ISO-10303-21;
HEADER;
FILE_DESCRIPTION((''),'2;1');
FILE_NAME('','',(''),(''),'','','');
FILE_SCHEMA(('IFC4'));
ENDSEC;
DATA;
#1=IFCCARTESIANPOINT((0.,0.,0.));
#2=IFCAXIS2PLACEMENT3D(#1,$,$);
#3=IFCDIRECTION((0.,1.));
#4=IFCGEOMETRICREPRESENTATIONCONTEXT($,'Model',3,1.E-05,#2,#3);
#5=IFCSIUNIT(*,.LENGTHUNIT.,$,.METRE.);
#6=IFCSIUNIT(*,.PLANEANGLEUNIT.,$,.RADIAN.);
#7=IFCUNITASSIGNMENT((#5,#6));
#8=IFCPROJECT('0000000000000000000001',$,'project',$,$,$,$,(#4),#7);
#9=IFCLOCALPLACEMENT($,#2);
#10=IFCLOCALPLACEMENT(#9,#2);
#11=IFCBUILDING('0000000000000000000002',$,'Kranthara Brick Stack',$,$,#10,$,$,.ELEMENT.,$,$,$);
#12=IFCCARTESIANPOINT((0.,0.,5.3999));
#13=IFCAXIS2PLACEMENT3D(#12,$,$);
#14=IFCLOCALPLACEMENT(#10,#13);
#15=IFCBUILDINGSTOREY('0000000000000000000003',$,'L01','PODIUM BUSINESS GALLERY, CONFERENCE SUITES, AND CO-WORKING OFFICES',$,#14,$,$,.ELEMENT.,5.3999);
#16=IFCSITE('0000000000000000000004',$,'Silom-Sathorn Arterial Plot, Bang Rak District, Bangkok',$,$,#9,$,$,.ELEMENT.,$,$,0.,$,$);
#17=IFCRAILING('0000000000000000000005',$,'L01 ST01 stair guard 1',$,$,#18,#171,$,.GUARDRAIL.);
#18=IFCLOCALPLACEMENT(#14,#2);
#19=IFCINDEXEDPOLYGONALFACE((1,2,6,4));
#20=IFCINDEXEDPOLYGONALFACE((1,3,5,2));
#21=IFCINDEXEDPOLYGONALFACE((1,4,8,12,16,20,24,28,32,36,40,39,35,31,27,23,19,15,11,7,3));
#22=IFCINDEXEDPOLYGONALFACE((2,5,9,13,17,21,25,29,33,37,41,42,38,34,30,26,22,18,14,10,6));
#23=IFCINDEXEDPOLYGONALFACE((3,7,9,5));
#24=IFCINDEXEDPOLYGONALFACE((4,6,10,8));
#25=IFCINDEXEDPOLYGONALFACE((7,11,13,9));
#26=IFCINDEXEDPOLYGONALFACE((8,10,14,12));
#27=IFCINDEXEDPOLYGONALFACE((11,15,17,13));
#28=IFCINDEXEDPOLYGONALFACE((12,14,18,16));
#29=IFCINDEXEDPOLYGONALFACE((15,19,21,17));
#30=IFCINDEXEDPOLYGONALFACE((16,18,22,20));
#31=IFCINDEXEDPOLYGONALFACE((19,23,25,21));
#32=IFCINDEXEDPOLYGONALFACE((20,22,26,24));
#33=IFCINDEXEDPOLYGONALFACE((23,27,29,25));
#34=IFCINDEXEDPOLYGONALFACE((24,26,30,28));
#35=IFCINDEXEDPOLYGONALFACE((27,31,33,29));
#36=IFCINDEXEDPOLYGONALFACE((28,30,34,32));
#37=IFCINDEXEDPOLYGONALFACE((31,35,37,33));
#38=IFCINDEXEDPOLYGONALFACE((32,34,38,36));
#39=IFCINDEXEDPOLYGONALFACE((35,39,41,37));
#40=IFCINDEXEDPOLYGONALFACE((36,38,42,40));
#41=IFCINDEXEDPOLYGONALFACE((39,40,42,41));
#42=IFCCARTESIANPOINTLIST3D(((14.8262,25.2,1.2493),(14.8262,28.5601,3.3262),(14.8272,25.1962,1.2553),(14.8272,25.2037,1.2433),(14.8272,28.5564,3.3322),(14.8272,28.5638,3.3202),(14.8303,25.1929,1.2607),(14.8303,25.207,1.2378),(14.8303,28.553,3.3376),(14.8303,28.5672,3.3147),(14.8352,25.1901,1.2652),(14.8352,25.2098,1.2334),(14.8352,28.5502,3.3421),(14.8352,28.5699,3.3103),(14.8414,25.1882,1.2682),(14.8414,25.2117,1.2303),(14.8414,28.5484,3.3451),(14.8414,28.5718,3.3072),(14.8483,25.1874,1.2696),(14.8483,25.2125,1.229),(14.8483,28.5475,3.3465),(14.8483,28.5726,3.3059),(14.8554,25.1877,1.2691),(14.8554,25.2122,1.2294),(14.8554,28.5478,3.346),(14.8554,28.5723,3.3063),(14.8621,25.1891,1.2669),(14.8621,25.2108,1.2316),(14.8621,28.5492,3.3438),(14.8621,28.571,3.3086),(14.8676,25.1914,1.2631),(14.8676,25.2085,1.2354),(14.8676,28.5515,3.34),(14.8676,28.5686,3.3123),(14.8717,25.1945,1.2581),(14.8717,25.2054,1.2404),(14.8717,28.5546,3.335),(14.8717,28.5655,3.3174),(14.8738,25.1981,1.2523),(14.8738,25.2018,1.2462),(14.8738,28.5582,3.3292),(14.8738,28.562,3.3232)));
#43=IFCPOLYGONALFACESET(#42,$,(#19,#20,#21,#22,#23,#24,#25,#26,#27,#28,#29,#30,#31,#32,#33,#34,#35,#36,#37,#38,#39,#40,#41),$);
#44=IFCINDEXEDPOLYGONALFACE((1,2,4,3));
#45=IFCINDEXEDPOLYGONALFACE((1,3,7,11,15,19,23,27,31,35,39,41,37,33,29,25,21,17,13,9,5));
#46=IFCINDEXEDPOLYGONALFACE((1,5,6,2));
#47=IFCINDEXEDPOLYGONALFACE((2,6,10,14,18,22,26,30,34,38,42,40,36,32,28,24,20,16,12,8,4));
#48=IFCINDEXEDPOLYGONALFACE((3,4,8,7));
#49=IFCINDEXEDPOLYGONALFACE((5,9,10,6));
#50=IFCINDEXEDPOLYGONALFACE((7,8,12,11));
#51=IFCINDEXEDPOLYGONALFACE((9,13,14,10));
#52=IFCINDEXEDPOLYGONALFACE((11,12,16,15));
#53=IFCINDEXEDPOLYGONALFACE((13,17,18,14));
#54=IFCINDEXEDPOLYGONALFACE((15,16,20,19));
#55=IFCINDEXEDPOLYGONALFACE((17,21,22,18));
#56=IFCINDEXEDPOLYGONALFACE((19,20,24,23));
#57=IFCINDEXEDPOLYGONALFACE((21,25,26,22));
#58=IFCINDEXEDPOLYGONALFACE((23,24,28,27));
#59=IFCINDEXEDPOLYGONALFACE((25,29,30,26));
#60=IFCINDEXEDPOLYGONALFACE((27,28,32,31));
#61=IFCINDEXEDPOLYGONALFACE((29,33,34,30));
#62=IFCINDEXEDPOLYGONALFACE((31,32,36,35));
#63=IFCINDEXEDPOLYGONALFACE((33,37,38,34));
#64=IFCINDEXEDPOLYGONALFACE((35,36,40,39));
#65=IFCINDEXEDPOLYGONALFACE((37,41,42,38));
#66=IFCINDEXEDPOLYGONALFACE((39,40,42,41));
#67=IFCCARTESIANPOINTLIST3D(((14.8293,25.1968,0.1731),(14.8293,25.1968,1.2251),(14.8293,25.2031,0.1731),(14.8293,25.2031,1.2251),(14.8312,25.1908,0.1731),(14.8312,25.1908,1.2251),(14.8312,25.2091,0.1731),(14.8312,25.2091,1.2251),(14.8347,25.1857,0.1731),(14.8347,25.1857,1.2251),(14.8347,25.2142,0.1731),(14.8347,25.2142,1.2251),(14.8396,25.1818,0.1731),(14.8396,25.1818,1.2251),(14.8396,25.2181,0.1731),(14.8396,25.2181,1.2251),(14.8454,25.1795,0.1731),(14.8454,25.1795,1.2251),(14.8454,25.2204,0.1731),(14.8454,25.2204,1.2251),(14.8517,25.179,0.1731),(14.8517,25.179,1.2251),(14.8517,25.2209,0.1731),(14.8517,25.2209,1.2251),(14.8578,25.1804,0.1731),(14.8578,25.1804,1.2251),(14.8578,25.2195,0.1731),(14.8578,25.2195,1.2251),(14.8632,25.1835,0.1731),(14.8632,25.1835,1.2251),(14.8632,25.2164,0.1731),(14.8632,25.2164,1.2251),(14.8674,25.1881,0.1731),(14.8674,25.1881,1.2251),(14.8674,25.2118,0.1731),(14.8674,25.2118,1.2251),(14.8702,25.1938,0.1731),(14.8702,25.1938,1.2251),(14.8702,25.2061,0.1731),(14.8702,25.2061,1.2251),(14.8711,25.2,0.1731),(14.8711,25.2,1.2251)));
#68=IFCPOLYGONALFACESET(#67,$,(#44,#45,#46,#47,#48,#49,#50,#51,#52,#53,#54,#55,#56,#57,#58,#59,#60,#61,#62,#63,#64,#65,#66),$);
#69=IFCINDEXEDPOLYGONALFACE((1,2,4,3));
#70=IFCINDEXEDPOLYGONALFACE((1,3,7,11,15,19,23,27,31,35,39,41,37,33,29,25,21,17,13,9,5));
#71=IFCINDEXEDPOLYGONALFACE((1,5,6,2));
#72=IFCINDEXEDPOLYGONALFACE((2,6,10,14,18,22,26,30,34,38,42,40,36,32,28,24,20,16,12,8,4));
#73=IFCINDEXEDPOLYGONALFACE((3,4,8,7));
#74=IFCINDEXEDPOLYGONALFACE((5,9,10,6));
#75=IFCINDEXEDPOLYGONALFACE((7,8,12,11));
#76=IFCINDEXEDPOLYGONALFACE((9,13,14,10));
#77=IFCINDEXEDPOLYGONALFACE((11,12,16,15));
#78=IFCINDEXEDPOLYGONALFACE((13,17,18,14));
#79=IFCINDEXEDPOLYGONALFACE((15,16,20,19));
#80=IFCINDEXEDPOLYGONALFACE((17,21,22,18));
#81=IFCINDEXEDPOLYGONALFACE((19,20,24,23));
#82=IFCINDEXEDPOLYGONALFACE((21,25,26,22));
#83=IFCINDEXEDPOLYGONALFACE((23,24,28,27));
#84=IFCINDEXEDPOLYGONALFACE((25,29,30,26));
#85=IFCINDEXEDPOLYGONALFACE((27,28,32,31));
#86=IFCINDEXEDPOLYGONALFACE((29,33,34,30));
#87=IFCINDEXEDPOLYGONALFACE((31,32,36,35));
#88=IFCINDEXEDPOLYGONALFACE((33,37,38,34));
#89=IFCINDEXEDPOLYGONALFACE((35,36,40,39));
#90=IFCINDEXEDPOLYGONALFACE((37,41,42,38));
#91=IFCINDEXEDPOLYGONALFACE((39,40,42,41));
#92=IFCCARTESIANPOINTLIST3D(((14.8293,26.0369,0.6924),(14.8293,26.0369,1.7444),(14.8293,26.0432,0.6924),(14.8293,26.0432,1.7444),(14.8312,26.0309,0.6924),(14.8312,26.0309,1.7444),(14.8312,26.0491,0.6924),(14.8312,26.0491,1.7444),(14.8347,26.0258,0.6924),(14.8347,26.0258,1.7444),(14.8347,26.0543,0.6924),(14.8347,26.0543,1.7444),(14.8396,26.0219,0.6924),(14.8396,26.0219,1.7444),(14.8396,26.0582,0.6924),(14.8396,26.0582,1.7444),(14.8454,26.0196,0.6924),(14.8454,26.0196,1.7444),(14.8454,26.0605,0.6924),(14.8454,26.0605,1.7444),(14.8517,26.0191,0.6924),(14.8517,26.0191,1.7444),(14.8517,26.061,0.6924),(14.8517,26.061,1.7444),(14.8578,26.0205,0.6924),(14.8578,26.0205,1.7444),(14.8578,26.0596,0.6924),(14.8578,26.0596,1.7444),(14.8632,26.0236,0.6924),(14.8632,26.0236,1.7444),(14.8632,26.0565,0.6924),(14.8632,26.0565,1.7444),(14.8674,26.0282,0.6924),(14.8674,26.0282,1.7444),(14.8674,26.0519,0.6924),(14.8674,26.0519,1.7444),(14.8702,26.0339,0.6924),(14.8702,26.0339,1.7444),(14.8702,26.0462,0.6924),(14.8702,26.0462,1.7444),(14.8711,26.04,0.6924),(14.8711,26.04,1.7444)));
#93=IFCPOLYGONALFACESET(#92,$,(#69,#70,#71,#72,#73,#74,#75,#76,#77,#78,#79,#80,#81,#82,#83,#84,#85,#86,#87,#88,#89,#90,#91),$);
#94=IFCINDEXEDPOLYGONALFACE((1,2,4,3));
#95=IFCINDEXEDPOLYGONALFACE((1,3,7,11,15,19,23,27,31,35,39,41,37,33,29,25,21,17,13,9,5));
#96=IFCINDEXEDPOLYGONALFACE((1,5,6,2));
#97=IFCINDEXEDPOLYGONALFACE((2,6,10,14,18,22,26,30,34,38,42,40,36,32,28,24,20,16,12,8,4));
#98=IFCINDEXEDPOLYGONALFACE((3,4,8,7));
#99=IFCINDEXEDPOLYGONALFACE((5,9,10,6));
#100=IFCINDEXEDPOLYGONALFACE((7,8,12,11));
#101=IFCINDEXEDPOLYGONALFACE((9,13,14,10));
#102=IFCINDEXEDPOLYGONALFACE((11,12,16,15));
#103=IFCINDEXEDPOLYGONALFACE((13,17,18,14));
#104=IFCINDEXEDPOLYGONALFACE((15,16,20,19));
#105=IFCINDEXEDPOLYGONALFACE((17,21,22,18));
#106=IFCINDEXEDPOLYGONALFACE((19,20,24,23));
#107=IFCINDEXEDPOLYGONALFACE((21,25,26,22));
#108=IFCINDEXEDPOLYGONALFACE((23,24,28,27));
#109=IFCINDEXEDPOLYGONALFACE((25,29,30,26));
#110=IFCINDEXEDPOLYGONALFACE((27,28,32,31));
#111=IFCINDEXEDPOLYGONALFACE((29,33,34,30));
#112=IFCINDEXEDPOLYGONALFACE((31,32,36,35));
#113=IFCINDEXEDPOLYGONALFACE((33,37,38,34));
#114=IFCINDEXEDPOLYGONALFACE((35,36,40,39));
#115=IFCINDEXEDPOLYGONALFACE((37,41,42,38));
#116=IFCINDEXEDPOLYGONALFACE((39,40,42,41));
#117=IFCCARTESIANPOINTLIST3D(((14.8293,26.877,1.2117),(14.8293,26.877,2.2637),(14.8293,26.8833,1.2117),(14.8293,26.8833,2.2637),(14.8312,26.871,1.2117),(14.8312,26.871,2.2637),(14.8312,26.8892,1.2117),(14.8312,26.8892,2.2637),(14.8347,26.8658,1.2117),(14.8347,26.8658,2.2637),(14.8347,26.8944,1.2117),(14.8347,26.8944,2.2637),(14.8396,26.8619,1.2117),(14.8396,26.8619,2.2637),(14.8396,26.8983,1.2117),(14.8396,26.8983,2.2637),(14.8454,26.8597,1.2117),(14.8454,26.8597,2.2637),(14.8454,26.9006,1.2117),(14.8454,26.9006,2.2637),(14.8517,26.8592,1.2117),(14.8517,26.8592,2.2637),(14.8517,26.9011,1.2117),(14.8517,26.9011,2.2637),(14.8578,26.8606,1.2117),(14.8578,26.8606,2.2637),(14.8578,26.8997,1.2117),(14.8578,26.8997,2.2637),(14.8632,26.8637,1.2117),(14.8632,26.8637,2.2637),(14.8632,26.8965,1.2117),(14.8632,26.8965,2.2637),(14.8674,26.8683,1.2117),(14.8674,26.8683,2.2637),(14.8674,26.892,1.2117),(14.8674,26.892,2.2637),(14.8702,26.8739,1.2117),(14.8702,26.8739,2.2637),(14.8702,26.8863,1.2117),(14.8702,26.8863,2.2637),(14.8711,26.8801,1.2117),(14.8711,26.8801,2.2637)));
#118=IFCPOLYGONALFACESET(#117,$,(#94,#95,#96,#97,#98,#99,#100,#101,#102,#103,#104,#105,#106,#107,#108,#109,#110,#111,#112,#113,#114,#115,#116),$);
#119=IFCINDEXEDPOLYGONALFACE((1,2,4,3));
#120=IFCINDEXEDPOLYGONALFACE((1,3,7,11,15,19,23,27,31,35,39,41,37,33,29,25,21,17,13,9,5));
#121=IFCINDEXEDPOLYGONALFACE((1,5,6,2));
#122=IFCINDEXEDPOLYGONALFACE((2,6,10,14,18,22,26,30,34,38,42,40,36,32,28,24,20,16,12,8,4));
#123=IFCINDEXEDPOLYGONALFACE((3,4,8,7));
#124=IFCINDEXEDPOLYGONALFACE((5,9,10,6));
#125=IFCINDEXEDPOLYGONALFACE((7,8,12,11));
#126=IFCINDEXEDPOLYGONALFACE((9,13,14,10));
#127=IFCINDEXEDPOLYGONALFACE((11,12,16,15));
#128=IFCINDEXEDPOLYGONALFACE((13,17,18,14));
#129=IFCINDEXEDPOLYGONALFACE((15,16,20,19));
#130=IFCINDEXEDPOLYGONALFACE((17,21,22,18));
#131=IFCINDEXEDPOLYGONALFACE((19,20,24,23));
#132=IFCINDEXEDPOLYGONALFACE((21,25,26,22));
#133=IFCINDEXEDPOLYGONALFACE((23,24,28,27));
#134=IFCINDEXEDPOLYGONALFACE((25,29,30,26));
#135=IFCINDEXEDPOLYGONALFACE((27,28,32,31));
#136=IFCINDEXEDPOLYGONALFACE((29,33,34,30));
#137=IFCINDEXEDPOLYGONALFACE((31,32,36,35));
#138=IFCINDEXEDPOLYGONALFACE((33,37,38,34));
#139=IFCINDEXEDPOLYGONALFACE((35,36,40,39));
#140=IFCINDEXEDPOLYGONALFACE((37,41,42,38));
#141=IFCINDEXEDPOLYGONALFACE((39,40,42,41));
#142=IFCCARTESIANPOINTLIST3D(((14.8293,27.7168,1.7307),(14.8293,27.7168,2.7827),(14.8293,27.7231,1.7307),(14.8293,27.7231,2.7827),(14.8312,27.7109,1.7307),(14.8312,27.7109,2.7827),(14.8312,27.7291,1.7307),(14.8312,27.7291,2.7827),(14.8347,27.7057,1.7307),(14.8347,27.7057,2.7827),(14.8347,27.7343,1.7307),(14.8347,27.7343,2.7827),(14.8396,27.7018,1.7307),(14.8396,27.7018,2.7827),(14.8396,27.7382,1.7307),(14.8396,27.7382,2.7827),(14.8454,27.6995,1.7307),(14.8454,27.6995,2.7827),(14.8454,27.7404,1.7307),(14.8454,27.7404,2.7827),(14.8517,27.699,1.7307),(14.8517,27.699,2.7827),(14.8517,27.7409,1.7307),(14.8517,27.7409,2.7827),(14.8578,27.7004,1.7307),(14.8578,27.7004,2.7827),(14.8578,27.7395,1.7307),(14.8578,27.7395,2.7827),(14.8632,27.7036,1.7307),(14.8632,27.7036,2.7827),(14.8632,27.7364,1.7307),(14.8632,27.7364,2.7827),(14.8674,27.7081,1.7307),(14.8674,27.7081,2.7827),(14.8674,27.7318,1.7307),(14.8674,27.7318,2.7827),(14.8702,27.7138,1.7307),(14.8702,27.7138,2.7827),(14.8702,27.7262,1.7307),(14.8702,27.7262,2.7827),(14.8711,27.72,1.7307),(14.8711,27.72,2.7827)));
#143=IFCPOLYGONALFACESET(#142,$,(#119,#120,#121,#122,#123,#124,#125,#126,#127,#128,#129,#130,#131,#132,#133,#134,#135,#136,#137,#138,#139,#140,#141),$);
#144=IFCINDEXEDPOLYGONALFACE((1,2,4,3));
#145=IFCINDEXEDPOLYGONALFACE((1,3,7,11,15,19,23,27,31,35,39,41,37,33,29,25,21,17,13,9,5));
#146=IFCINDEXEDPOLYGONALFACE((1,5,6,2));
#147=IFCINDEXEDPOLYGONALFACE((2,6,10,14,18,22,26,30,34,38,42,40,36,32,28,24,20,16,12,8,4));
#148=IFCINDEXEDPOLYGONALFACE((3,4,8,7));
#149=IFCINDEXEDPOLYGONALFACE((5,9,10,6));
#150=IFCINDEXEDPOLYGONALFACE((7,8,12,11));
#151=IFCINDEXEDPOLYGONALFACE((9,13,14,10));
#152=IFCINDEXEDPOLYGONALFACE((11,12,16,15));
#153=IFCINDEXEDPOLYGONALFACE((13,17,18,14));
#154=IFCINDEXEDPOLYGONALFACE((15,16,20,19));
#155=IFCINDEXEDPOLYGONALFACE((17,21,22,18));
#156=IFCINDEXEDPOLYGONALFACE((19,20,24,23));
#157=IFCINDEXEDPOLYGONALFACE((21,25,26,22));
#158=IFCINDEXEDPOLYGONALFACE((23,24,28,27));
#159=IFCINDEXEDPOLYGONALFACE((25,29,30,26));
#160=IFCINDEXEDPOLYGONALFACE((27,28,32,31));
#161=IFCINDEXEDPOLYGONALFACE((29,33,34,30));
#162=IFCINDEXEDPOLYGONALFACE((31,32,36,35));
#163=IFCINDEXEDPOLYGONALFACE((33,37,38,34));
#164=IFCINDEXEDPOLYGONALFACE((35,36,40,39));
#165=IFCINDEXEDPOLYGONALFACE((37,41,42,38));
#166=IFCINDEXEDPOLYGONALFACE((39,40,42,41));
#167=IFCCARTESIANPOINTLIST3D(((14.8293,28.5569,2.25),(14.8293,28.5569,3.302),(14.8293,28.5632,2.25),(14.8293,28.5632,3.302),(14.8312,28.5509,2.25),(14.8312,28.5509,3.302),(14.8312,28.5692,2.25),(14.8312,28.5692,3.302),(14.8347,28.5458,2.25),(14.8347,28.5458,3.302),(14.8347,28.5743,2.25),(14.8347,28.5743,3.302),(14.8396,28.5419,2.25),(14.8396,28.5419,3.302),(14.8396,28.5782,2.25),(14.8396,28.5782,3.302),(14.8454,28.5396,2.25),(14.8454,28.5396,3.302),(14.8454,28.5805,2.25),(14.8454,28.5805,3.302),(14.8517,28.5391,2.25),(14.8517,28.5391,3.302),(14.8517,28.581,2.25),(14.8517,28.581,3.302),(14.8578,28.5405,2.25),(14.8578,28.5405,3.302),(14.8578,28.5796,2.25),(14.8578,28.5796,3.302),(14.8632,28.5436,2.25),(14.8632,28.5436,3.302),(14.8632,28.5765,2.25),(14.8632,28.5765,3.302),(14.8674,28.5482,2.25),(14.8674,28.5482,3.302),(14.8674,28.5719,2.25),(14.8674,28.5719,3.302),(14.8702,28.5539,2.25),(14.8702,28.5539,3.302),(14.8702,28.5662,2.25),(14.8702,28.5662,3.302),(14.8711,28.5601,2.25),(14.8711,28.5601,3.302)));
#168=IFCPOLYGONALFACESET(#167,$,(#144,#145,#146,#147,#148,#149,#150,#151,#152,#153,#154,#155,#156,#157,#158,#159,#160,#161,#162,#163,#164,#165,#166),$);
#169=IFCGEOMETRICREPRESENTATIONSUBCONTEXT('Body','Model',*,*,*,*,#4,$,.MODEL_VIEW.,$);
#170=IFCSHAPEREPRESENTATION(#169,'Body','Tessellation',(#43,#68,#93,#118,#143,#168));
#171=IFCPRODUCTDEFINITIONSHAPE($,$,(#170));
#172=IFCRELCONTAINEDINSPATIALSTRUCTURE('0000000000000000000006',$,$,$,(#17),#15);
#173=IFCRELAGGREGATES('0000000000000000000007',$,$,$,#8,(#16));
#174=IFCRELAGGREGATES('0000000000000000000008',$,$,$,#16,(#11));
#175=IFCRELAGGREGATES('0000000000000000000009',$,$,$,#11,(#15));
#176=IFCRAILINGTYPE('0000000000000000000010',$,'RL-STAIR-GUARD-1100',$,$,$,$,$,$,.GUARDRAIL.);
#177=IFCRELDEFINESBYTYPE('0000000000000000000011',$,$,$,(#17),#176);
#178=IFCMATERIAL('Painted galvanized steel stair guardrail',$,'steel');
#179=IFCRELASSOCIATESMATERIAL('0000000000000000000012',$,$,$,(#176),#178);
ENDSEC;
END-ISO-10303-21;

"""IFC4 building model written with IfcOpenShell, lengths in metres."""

from ifc_helpers import new_model, si_unit, direction, frame, origin, origin_2d, place, context, subcontext, project, spatial, circle, extrude, material, type_object, element, save


model = new_model("IFC4")

# Units and contexts
model_context = context("Model", 3, precision=1e-05, world=origin(), true_north=direction((0.0, 1.0)))
body_context = subcontext(model_context, "Body", "Model", "MODEL_VIEW")
ifc_project = project(units=[si_unit("LENGTHUNIT", "METRE"), si_unit("PLANEANGLEUNIT", "RADIAN")], contexts=[model_context])

# Site, building, storey
site_placement = place(None, origin())
site = spatial("IfcSite", under=ifc_project, at=site_placement, Name="Silom-Sathorn Arterial Plot, Bang Rak District, Bangkok", CompositionType="ELEMENT", RefElevation=0.0)
building_placement = place(site_placement, origin())
building = spatial("IfcBuilding", under=site, at=building_placement, Name="Kranthara Brick Stack", CompositionType="ELEMENT")
storey_placement = place(building_placement, frame((0.0, 0.0, 5.3999)))
storey = spatial("IfcBuildingStorey", under=building, at=storey_placement, Name="L01", Description="PODIUM BUSINESS GALLERY, CONFERENCE SUITES, AND CO-WORKING OFFICES", CompositionType="ELEMENT", Elevation=5.3999)

# Railing
ifc_material_1 = material(Name="Painted galvanized steel stair guardrail", Category="steel")
railing_type = type_object("IfcRailingType", Name="RL-STAIR-GUARD-1100", PredefinedType="GUARDRAIL", material=ifc_material_1)
railing_1_placement = place(storey_placement, frame((14.8501, 25.2, 0.1731)))
element("IfcRailing", 1, at=railing_1_placement, inside=storey, type_object=railing_type, Name="L01 ST01 stair guard 1", PredefinedType="GUARDRAIL", context=body_context, shape_type="SweptSolid", body=[
    extrude(circle(Radius=0.0239, at=origin_2d()), frame((0.0, 0.0, 1.0762), z_axis=(0.0, 0.850623, 0.525776), x_axis=(-1.0, 0.0, 0.0)), (0.0, 0.0, 1.0), 3.9502),
    extrude(circle(Radius=0.021, at=origin_2d()), origin(), (0.0, 0.0, 1.0), 1.052),
    extrude(circle(Radius=0.021, at=origin_2d()), frame((0.0, 0.8401, 0.5193)), (0.0, 0.0, 1.0), 1.052),
    extrude(circle(Radius=0.021, at=origin_2d()), frame((0.0, 1.6802, 1.0386)), (0.0, 0.0, 1.0), 1.052),
    extrude(circle(Radius=0.021, at=origin_2d()), frame((0.0, 2.52, 1.5576)), (0.0, 0.0, 1.0), 1.052),
    extrude(circle(Radius=0.021, at=origin_2d()), frame((0.0, 3.3601, 2.0769)), (0.0, 0.0, 1.0), 1.052),
])

save(model, "model.ifc")
